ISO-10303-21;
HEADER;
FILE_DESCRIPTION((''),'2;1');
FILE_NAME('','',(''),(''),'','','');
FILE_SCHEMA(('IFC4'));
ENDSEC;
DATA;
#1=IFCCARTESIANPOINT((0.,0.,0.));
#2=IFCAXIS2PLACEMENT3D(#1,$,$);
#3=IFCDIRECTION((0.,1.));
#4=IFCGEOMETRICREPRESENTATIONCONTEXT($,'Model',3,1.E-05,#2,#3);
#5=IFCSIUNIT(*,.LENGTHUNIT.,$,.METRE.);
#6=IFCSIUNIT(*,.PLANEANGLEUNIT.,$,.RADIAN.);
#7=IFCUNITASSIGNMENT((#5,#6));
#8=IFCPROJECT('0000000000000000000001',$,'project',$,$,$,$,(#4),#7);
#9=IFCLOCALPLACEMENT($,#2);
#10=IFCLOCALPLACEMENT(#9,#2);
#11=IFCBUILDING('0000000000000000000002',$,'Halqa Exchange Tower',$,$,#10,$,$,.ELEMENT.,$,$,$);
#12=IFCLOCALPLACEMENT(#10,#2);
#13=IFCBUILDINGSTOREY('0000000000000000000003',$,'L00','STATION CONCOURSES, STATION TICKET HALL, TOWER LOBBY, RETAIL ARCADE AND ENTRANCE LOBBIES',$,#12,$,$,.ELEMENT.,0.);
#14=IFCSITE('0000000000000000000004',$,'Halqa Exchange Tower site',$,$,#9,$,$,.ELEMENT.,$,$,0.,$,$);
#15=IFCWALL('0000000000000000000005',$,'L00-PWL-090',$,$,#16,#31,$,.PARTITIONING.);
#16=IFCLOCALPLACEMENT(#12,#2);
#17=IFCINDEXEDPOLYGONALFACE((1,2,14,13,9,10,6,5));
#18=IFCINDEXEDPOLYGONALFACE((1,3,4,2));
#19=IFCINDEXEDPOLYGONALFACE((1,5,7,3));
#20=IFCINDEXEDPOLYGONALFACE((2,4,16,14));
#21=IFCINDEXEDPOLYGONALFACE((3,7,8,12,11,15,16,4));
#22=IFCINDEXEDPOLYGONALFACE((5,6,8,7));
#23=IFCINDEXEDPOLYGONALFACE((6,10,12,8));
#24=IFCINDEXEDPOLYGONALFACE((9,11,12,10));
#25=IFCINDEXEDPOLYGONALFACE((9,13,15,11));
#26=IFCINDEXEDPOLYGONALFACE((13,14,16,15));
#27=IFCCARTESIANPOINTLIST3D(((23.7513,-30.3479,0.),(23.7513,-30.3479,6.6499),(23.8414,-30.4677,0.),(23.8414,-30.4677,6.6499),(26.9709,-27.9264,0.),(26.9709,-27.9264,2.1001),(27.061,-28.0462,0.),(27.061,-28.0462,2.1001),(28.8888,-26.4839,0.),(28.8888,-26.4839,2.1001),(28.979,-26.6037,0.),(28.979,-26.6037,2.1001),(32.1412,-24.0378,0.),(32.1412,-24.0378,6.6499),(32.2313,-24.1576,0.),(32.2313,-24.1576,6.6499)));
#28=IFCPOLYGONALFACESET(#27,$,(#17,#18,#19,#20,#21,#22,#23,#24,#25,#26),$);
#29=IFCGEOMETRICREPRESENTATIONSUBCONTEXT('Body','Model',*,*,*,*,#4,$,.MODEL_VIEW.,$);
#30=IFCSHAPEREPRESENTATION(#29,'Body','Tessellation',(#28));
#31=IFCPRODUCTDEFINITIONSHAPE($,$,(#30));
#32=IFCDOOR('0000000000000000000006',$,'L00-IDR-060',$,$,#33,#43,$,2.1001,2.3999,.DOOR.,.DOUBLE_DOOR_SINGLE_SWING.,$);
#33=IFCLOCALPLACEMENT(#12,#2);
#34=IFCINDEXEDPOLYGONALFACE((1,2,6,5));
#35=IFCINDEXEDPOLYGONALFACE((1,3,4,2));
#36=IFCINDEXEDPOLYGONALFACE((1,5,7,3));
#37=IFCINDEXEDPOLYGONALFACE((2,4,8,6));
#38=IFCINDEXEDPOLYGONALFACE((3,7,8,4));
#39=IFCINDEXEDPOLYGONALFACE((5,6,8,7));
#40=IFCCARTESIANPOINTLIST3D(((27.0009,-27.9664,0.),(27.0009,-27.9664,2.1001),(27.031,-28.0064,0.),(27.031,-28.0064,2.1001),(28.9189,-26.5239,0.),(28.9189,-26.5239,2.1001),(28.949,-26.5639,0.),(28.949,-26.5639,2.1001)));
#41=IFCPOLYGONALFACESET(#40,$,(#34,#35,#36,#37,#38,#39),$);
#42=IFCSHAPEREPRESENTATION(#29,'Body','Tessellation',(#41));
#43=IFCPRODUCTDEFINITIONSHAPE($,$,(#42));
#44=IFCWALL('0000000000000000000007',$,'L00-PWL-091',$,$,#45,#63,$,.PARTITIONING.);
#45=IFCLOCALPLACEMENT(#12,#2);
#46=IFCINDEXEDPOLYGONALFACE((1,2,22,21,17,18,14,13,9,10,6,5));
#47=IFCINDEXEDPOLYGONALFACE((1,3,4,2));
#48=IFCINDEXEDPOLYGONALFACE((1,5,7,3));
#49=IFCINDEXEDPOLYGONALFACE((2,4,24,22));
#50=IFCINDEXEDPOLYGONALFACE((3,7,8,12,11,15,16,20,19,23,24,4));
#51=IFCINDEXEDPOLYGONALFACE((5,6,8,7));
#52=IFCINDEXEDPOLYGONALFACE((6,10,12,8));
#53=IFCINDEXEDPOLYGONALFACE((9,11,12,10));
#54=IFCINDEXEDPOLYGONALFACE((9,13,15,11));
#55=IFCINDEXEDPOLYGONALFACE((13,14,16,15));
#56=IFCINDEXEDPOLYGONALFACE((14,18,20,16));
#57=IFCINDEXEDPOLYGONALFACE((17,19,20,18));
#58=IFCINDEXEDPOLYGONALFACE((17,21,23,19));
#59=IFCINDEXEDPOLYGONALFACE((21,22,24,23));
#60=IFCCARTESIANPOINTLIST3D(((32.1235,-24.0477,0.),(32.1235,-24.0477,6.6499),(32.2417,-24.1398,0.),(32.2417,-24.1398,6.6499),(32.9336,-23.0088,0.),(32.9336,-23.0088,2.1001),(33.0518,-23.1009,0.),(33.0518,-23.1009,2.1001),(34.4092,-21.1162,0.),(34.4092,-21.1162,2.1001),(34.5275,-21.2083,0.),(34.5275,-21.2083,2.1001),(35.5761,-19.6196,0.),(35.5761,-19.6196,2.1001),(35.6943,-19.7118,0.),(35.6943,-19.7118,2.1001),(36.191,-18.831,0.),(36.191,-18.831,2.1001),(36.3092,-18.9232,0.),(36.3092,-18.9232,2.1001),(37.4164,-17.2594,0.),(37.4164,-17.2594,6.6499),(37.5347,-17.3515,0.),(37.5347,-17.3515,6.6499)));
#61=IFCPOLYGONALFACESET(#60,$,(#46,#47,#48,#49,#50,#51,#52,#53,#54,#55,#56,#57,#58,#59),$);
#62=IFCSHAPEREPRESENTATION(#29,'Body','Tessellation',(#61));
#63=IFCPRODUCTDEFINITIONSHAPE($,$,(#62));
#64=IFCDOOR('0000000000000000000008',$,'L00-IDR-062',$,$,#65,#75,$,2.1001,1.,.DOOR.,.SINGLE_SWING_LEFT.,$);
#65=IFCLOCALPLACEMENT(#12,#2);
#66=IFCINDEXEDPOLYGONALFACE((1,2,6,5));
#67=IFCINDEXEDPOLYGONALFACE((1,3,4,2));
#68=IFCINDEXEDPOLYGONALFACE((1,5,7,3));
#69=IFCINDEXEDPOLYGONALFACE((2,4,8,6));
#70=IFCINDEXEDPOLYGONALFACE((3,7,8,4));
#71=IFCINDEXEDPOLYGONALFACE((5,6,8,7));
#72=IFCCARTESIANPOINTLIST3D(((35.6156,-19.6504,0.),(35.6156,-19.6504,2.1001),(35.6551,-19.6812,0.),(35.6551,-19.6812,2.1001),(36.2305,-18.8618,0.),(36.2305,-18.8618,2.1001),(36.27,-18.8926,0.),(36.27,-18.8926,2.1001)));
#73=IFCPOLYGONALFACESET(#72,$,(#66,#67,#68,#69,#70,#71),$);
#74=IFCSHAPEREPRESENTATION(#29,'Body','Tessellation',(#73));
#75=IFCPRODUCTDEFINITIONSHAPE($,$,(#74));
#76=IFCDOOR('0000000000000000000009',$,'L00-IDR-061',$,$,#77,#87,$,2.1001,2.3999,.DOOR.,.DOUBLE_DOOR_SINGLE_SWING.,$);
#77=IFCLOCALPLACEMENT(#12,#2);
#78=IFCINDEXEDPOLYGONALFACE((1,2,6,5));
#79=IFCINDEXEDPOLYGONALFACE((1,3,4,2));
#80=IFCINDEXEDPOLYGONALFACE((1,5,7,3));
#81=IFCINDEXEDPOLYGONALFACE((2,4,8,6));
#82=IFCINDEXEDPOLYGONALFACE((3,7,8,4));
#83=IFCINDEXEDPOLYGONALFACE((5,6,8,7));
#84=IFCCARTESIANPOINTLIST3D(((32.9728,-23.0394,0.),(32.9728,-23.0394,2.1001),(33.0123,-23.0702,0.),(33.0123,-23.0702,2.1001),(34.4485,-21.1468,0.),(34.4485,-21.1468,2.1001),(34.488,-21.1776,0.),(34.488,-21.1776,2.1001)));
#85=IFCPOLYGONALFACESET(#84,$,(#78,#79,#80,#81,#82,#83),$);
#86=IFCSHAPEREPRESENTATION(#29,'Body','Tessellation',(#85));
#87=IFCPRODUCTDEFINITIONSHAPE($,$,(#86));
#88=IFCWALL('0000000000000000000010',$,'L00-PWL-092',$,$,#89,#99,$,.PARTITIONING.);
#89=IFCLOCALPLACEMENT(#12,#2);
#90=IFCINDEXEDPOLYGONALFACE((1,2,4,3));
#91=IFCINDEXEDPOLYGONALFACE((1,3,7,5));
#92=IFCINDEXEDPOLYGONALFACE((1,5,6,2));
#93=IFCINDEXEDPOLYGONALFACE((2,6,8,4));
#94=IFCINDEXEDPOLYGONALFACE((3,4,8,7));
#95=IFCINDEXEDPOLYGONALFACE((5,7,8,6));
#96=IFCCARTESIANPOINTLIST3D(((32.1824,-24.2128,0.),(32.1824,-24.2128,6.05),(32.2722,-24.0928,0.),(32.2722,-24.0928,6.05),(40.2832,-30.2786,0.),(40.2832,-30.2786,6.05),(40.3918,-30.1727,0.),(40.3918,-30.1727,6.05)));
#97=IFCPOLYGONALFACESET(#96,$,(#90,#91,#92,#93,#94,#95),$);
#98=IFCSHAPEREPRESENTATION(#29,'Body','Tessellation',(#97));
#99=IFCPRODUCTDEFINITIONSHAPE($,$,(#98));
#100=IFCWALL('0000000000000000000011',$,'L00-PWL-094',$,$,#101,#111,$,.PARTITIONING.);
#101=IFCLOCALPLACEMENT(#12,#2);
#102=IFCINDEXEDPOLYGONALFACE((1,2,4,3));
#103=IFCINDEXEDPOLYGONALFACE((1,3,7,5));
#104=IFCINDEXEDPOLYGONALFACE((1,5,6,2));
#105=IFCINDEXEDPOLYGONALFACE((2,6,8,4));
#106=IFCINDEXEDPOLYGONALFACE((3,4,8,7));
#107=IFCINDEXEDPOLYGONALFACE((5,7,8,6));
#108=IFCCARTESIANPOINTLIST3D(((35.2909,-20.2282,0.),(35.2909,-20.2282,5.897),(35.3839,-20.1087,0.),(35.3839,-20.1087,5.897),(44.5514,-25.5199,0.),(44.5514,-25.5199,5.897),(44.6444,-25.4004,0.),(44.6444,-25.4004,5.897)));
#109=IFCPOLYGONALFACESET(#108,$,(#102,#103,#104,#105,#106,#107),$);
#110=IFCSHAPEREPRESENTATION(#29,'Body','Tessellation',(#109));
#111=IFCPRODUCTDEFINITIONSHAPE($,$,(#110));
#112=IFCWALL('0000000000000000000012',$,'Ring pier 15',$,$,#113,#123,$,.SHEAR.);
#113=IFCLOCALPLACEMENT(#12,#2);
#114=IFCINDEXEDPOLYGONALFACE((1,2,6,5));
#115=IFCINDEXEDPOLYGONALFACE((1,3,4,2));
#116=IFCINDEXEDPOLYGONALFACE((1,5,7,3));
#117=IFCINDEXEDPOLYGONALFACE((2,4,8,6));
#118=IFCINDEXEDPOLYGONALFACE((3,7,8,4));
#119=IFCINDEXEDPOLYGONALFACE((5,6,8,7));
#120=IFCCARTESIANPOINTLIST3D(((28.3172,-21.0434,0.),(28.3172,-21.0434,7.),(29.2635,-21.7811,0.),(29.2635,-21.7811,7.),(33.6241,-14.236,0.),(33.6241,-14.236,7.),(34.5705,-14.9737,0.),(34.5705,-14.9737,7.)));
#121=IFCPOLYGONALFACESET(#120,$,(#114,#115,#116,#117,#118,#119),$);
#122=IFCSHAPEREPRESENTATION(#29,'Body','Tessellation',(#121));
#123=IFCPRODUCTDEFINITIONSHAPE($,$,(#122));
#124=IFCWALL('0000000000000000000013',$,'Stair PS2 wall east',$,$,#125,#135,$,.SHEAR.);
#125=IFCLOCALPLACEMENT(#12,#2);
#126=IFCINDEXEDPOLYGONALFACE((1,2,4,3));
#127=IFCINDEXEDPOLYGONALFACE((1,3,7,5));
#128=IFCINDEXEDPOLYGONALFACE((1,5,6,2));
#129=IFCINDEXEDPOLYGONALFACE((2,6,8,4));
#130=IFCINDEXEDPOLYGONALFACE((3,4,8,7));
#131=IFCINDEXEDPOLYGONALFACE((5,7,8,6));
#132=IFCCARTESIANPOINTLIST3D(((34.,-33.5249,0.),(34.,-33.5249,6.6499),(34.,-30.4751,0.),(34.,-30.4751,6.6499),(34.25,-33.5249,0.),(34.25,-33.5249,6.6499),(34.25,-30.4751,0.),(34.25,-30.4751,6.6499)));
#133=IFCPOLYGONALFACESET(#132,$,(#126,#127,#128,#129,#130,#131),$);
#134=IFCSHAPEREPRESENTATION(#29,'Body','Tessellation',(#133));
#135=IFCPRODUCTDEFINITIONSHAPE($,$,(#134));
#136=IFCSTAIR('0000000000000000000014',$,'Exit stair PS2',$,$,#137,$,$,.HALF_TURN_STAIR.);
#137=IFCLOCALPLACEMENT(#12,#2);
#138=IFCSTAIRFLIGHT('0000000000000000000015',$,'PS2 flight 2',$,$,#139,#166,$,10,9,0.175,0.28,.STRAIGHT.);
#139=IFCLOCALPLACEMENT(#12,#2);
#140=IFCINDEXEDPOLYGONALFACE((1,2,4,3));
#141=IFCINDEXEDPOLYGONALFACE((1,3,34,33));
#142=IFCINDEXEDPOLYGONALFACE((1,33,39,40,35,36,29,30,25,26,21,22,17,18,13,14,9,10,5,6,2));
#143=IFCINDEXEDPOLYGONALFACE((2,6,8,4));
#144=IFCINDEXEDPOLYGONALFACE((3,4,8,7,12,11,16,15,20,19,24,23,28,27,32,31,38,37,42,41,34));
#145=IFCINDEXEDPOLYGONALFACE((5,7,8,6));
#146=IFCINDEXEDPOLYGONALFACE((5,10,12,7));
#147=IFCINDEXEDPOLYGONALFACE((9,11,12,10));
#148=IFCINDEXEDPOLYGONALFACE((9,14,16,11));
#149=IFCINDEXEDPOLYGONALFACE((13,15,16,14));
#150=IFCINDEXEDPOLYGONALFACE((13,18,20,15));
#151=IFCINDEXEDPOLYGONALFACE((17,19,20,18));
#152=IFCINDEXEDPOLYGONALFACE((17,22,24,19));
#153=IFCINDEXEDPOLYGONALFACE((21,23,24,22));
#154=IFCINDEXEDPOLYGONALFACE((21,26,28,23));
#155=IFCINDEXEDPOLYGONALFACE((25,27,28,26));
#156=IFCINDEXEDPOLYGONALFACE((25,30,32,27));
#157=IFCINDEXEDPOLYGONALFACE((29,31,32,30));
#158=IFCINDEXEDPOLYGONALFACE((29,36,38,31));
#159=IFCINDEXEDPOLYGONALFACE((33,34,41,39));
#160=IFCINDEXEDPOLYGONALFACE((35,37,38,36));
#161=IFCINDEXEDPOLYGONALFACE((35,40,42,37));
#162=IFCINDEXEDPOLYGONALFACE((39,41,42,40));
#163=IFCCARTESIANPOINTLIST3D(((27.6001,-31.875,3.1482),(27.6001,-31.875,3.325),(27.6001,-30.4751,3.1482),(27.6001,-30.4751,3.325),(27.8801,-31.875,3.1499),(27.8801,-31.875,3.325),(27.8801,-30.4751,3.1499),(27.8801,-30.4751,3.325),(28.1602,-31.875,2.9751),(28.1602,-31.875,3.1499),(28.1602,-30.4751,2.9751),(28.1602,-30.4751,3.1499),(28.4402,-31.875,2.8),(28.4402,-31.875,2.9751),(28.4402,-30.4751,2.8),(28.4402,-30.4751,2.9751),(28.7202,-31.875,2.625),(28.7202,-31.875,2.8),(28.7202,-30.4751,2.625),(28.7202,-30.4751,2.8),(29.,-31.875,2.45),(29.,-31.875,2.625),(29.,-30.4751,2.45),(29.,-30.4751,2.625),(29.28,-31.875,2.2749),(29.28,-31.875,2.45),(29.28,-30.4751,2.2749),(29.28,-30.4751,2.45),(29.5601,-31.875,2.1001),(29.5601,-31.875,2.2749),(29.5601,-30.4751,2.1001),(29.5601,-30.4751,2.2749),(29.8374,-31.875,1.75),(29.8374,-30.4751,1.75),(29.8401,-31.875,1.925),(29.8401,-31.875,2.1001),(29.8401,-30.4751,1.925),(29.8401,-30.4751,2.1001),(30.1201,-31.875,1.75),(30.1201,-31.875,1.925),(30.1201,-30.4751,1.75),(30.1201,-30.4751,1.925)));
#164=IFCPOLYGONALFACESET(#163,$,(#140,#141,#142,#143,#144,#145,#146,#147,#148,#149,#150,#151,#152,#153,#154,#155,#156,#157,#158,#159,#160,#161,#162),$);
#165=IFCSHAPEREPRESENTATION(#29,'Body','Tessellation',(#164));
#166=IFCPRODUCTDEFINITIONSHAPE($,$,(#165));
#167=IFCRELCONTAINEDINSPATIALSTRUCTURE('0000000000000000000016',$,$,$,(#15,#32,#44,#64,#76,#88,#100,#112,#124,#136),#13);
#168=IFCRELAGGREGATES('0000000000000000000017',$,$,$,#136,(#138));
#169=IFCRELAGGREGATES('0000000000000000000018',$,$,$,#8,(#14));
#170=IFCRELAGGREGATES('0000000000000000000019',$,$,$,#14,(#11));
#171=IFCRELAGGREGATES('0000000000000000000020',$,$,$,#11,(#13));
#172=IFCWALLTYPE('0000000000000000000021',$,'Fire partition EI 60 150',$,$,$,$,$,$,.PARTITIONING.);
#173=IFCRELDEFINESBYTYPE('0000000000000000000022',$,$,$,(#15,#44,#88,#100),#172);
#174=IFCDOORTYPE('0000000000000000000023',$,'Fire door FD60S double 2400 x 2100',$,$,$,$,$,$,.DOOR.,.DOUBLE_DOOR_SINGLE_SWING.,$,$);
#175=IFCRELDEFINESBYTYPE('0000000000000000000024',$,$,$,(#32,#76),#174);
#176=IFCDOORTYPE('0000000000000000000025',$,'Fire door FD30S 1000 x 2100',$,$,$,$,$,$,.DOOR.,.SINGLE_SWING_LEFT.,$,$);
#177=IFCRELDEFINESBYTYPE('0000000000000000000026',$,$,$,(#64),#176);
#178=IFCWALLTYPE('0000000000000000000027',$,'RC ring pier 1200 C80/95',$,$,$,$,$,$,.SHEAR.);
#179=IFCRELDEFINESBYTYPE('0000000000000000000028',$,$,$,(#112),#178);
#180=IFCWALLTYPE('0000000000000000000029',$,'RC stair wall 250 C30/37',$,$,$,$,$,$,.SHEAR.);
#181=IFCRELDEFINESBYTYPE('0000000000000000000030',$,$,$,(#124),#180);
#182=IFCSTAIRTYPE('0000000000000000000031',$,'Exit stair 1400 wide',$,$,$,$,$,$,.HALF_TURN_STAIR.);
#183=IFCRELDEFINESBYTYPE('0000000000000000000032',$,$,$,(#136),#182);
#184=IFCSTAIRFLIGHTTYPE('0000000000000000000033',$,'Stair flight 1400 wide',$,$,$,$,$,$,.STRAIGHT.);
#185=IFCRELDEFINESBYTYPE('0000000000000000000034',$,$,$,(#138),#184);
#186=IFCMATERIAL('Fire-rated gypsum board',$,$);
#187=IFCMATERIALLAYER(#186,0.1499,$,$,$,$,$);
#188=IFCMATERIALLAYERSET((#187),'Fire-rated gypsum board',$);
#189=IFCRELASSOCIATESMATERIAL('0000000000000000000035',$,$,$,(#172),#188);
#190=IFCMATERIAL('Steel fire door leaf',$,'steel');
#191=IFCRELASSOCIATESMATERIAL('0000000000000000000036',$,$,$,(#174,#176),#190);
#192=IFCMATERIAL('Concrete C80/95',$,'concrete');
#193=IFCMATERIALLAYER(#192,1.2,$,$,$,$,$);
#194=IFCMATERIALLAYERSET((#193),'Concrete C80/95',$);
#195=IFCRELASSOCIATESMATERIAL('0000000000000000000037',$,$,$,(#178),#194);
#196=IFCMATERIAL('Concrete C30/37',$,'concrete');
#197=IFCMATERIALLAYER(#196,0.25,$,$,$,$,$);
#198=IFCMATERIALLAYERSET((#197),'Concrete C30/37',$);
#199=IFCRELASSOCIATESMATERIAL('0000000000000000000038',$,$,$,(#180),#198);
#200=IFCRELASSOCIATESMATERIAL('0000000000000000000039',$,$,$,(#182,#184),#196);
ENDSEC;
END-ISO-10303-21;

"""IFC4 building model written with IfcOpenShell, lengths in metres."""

from ifc_helpers import new_model, si_unit, direction, frame, frame_2d, origin, place, context, subcontext, project, spatial, polyline, rectangle, outline, extrude, material, layer, layer_set, type_object, element, fill, aggregate, save


model = new_model("IFC4")

# Units and contexts
model_context = context("Model", 3, precision=1e-05, world=origin(), true_north=direction((0.0, 1.0)))
body_context = subcontext(model_context, "Body", "Model", "MODEL_VIEW")
ifc_project = project(units=[si_unit("LENGTHUNIT", "METRE"), si_unit("PLANEANGLEUNIT", "RADIAN")], contexts=[model_context])

# Site, building, storey
site_placement = place(None, origin())
site = spatial("IfcSite", under=ifc_project, at=site_placement, Name="Halqa Exchange Tower site", CompositionType="ELEMENT", RefElevation=0.0)
building_placement = place(site_placement, origin())
building = spatial("IfcBuilding", under=site, at=building_placement, Name="Halqa Exchange Tower", CompositionType="ELEMENT")
storey_placement = place(building_placement, origin())
storey = spatial("IfcBuildingStorey", under=building, at=storey_placement, Name="L00", Description="STATION CONCOURSES, STATION TICKET HALL, TOWER LOBBY, RETAIL ARCADE AND ENTRANCE LOBBIES", CompositionType="ELEMENT", Elevation=0.0)

# Wall, opening, door
ifc_material_1 = material(Name="Fire-rated gypsum board")
ifc_layer_1 = layer(ifc_material_1, 0.1499)
ifc_layer_set_1 = layer_set([ifc_layer_1], Name="Fire-rated gypsum board")
wall_type_1 = type_object("IfcWallType", Name="Fire partition EI 60 150", PredefinedType="PARTITIONING", material=ifc_layer_set_1)
ifc_material_2 = material(Name="Steel fire door leaf", Category="steel")
door_type_1 = type_object("IfcDoorType", Name="Fire door FD60S double 2400 x 2100", OperationType="DOUBLE_DOOR_SINGLE_SWING", PredefinedType="DOOR", material=ifc_material_2)
wall_1_placement = place(storey_placement, frame((32.1863, -24.0977, 0.0), z_axis=(0.0, 0.0, 1.0), x_axis=(-0.799193, -0.601075, 0.0)))
wall_1 = element("IfcWall", 1, at=wall_1_placement, inside=storey, type_object=wall_type_1, Name="L00-PWL-090", PredefinedType="PARTITIONING", context=body_context, shape_type="SweptSolid", body=[
    extrude(rectangle(XDim=10.498, YDim=0.1499, at=frame_2d((5.249, 0.0))), origin(), (0.0, 0.0, 1.0), 6.6499),
])
opening_1_placement = place(wall_1_placement, frame((4.0696, 0.0, 0.0)))
opening_1 = element("IfcOpeningElement", 2, at=opening_1_placement, cuts=wall_1, PredefinedType="OPENING", context=body_context, shape_type="SweptSolid", body=[
    extrude(rectangle(XDim=2.3999, YDim=2.1001, at=frame_2d((1.2, 1.05))), frame((0.0, 0.0869, 0.0), z_axis=(0.0, -1.0, 0.0), x_axis=(1.0, 0.0, 0.0)), (0.0, 0.0, 1.0), 0.1738),
])
door_1_placement = place(opening_1_placement, frame((2.3999, 0.0, 0.0), z_axis=(0.0, 0.0, 1.0), x_axis=(-1.0, 0.0, 0.0)))
door_1 = element("IfcDoor", 3, at=door_1_placement, inside=storey, type_object=door_type_1, Name="L00-IDR-060", OperationType="DOUBLE_DOOR_SINGLE_SWING", OverallHeight=2.1001, OverallWidth=2.3999, PredefinedType="DOOR", context=body_context, shape_type="SweptSolid", body=[
    extrude(rectangle(XDim=2.3999, YDim=2.1001, at=frame_2d((1.2, 1.05))), frame((0.0, 0.0249, 0.0), z_axis=(0.0, -1.0, 0.0), x_axis=(1.0, 0.0, 0.0)), (0.0, 0.0, 1.0), 0.05),
])
fill(opening_1, door_1)

# Wall, openings, doors
wall_2_placement = place(storey_placement, frame((32.1826, -24.0938, 0.0), z_axis=(0.0, 0.0, 1.0), x_axis=(0.614892, 0.788611, 0.0)))
wall_2 = element("IfcWall", 4, at=wall_2_placement, inside=storey, type_object=wall_type_1, Name="L00-PWL-091", PredefinedType="PARTITIONING", context=body_context, shape_type="SweptSolid", body=[
    extrude(rectangle(XDim=8.6079, YDim=0.1499, at=frame_2d((4.304, 0.0))), origin(), (0.0, 0.0, 1.0), 6.6499),
])
opening_2_placement = place(wall_2_placement, frame((1.3174, 0.0, 0.0)))
opening_2 = element("IfcOpeningElement", 5, at=opening_2_placement, cuts=wall_2, PredefinedType="OPENING", context=body_context, shape_type="SweptSolid", body=[
    extrude(rectangle(XDim=2.3999, YDim=2.1001, at=frame_2d((1.2, 1.05))), frame((0.0, 0.0869, 0.0), z_axis=(0.0, -1.0, 0.0), x_axis=(1.0, 0.0, 0.0)), (0.0, 0.0, 1.0), 0.1738),
])
opening_3_placement = place(wall_2_placement, frame((5.615, 0.0, 0.0)))
opening_3 = element("IfcOpeningElement", 6, at=opening_3_placement, cuts=wall_2, PredefinedType="OPENING", context=body_context, shape_type="SweptSolid", body=[
    extrude(rectangle(XDim=1.0, YDim=2.1001, at=frame_2d((0.5, 1.05))), frame((0.0, 0.0869, 0.0), z_axis=(0.0, -1.0, 0.0), x_axis=(1.0, 0.0, 0.0)), (0.0, 0.0, 1.0), 0.1738),
])
door_type_2 = type_object("IfcDoorType", Name="Fire door FD30S 1000 x 2100", OperationType="SINGLE_SWING_LEFT", PredefinedType="DOOR", material=ifc_material_2)
door_2_placement = place(opening_3_placement, origin())
door_2 = element("IfcDoor", 7, at=door_2_placement, inside=storey, type_object=door_type_2, Name="L00-IDR-062", OperationType="SINGLE_SWING_LEFT", OverallHeight=2.1001, OverallWidth=1.0, PredefinedType="DOOR", context=body_context, shape_type="SweptSolid", body=[
    extrude(rectangle(XDim=1.0, YDim=2.1001, at=frame_2d((0.5, 1.05))), frame((0.0, 0.0249, 0.0), z_axis=(0.0, -1.0, 0.0), x_axis=(1.0, 0.0, 0.0)), (0.0, 0.0, 1.0), 0.05),
])
fill(opening_3, door_2)
door_3_placement = place(opening_2_placement, frame((2.3999, 0.0, 0.0), z_axis=(0.0, 0.0, 1.0), x_axis=(-1.0, 0.0, 0.0)))
door_3 = element("IfcDoor", 8, at=door_3_placement, inside=storey, type_object=door_type_1, Name="L00-IDR-061", OperationType="DOUBLE_DOOR_SINGLE_SWING", OverallHeight=2.1001, OverallWidth=2.3999, PredefinedType="DOOR", context=body_context, shape_type="SweptSolid", body=[
    extrude(rectangle(XDim=2.3999, YDim=2.1001, at=frame_2d((1.2, 1.05))), frame((0.0, 0.0249, 0.0), z_axis=(0.0, -1.0, 0.0), x_axis=(1.0, 0.0, 0.0)), (0.0, 0.0, 1.0), 0.05),
])
fill(opening_2, door_3)

# Walls
wall_3_placement = place(storey_placement, frame((32.2273, -24.1528, 0.0), z_axis=(0.0, 0.0, 1.0), x_axis=(0.800465, -0.599379, 0.0)))
element("IfcWall", 9, at=wall_3_placement, inside=storey, type_object=wall_type_1, Name="L00-PWL-092", PredefinedType="PARTITIONING", context=body_context, shape_type="SweptSolid", body=[
    extrude(outline(polyline([(0.0, -0.075), (10.1201, -0.075), (10.1436, 0.075), (0.0, 0.075), (0.0, -0.075)])), origin(), (0.0, 0.0, 1.0), 6.05),
])
wall_4_placement = place(storey_placement, frame((35.3374, -20.1685, 0.0), z_axis=(0.0, 0.0, 1.0), x_axis=(0.868242, -0.496141, 0.0)))
element("IfcWall", 10, at=wall_4_placement, inside=storey, type_object=wall_type_1, Name="L00-PWL-094", PredefinedType="PARTITIONING", context=body_context, shape_type="SweptSolid", body=[
    extrude(outline(polyline([(-0.0107, -0.075), (10.655, -0.075), (10.6765, 0.075), (0.0107, 0.075), (-0.0107, -0.075)])), origin(), (0.0, 0.0, 1.0), 5.897),
])
ifc_material_3 = material(Name="Concrete C80/95", Category="concrete")
ifc_layer_2 = layer(ifc_material_3, 1.2)
ifc_layer_set_2 = layer_set([ifc_layer_2], Name="Concrete C80/95")
wall_type_2 = type_object("IfcWallType", Name="RC ring pier 1200 C80/95", PredefinedType="SHEAR", material=ifc_layer_set_2)
wall_5_placement = place(storey_placement, frame((28.7903, -21.4124, 0.0), z_axis=(0.0, 0.0, 1.0), x_axis=(0.614825, 0.788663, 0.0)))
element("IfcWall", 11, at=wall_5_placement, inside=storey, type_object=wall_type_2, Name="Ring pier 15", PredefinedType="SHEAR", context=body_context, shape_type="SweptSolid", body=[
    extrude(rectangle(XDim=8.6316, YDim=1.2, at=frame_2d((4.3159, 0.0))), origin(), (0.0, 0.0, 1.0), 7.0),
])
ifc_material_4 = material(Name="Concrete C30/37", Category="concrete")
ifc_layer_3 = layer(ifc_material_4, 0.25)
ifc_layer_set_3 = layer_set([ifc_layer_3], Name="Concrete C30/37")
wall_type_3 = type_object("IfcWallType", Name="RC stair wall 250 C30/37", PredefinedType="SHEAR", material=ifc_layer_set_3)
wall_6_placement = place(storey_placement, frame((34.125, -33.5249, 0.0), z_axis=(0.0, 0.0, 1.0), x_axis=(0.0, 1.0, 0.0)))
element("IfcWall", 12, at=wall_6_placement, inside=storey, type_object=wall_type_3, Name="Stair PS2 wall east", PredefinedType="SHEAR", context=body_context, shape_type="SweptSolid", body=[
    extrude(rectangle(XDim=3.0498, YDim=0.25, at=frame_2d((1.5249, 0.0))), origin(), (0.0, 0.0, 1.0), 6.6499),
])

# Stair, stair flight
stair_type = type_object("IfcStairType", Name="Exit stair 1400 wide", PredefinedType="HALF_TURN_STAIR", material=ifc_material_4)
stair_placement = place(storey_placement, origin())
stair = element("IfcStair", 13, at=stair_placement, inside=storey, type_object=stair_type, Name="Exit stair PS2", PredefinedType="HALF_TURN_STAIR")
stair_flight_type = type_object("IfcStairFlightType", Name="Stair flight 1400 wide", PredefinedType="STRAIGHT", material=ifc_material_4)
stair_flight_1_placement = place(storey_placement, frame((30.1201, -31.175, 1.75), z_axis=(0.0, 0.0, 1.0), x_axis=(-1.0, 0.0, 0.0)))
stair_flight_1 = element("IfcStairFlight", 14, at=stair_flight_1_placement, type_object=stair_flight_type, Name="PS2 flight 2", NumberOfRisers=10, NumberOfTreads=9, PredefinedType="STRAIGHT", RiserHeight=0.175, TreadLength=0.28, context=body_context, shape_type="SweptSolid", body=[
    extrude(outline(polyline([(0.0, 0.0), (0.0, 0.175), (0.28, 0.175), (0.28, 0.3501), (0.5601, 0.3501), (0.5601, 0.5249), (0.8401, 0.5249), (0.8401, 0.7), (1.1201, 0.7), (1.1201, 0.875), (1.3999, 0.875), (1.3999, 1.05), (1.6799, 1.05), (1.6799, 1.2251), (1.96, 1.2251), (1.96, 1.3999), (2.24, 1.3999), (2.24, 1.575), (2.52, 1.575), (2.52, 1.75), (2.52, 1.3982), (0.2827, 0.0), (0.0, 0.0)])), frame((0.0, 0.7, 0.0), z_axis=(0.0, -1.0, 0.0), x_axis=(1.0, 0.0, 0.0)), (0.0, 0.0, 1.0), 1.3999),
])
aggregate(stair, [stair_flight_1])

save(model, "model.ifc")
